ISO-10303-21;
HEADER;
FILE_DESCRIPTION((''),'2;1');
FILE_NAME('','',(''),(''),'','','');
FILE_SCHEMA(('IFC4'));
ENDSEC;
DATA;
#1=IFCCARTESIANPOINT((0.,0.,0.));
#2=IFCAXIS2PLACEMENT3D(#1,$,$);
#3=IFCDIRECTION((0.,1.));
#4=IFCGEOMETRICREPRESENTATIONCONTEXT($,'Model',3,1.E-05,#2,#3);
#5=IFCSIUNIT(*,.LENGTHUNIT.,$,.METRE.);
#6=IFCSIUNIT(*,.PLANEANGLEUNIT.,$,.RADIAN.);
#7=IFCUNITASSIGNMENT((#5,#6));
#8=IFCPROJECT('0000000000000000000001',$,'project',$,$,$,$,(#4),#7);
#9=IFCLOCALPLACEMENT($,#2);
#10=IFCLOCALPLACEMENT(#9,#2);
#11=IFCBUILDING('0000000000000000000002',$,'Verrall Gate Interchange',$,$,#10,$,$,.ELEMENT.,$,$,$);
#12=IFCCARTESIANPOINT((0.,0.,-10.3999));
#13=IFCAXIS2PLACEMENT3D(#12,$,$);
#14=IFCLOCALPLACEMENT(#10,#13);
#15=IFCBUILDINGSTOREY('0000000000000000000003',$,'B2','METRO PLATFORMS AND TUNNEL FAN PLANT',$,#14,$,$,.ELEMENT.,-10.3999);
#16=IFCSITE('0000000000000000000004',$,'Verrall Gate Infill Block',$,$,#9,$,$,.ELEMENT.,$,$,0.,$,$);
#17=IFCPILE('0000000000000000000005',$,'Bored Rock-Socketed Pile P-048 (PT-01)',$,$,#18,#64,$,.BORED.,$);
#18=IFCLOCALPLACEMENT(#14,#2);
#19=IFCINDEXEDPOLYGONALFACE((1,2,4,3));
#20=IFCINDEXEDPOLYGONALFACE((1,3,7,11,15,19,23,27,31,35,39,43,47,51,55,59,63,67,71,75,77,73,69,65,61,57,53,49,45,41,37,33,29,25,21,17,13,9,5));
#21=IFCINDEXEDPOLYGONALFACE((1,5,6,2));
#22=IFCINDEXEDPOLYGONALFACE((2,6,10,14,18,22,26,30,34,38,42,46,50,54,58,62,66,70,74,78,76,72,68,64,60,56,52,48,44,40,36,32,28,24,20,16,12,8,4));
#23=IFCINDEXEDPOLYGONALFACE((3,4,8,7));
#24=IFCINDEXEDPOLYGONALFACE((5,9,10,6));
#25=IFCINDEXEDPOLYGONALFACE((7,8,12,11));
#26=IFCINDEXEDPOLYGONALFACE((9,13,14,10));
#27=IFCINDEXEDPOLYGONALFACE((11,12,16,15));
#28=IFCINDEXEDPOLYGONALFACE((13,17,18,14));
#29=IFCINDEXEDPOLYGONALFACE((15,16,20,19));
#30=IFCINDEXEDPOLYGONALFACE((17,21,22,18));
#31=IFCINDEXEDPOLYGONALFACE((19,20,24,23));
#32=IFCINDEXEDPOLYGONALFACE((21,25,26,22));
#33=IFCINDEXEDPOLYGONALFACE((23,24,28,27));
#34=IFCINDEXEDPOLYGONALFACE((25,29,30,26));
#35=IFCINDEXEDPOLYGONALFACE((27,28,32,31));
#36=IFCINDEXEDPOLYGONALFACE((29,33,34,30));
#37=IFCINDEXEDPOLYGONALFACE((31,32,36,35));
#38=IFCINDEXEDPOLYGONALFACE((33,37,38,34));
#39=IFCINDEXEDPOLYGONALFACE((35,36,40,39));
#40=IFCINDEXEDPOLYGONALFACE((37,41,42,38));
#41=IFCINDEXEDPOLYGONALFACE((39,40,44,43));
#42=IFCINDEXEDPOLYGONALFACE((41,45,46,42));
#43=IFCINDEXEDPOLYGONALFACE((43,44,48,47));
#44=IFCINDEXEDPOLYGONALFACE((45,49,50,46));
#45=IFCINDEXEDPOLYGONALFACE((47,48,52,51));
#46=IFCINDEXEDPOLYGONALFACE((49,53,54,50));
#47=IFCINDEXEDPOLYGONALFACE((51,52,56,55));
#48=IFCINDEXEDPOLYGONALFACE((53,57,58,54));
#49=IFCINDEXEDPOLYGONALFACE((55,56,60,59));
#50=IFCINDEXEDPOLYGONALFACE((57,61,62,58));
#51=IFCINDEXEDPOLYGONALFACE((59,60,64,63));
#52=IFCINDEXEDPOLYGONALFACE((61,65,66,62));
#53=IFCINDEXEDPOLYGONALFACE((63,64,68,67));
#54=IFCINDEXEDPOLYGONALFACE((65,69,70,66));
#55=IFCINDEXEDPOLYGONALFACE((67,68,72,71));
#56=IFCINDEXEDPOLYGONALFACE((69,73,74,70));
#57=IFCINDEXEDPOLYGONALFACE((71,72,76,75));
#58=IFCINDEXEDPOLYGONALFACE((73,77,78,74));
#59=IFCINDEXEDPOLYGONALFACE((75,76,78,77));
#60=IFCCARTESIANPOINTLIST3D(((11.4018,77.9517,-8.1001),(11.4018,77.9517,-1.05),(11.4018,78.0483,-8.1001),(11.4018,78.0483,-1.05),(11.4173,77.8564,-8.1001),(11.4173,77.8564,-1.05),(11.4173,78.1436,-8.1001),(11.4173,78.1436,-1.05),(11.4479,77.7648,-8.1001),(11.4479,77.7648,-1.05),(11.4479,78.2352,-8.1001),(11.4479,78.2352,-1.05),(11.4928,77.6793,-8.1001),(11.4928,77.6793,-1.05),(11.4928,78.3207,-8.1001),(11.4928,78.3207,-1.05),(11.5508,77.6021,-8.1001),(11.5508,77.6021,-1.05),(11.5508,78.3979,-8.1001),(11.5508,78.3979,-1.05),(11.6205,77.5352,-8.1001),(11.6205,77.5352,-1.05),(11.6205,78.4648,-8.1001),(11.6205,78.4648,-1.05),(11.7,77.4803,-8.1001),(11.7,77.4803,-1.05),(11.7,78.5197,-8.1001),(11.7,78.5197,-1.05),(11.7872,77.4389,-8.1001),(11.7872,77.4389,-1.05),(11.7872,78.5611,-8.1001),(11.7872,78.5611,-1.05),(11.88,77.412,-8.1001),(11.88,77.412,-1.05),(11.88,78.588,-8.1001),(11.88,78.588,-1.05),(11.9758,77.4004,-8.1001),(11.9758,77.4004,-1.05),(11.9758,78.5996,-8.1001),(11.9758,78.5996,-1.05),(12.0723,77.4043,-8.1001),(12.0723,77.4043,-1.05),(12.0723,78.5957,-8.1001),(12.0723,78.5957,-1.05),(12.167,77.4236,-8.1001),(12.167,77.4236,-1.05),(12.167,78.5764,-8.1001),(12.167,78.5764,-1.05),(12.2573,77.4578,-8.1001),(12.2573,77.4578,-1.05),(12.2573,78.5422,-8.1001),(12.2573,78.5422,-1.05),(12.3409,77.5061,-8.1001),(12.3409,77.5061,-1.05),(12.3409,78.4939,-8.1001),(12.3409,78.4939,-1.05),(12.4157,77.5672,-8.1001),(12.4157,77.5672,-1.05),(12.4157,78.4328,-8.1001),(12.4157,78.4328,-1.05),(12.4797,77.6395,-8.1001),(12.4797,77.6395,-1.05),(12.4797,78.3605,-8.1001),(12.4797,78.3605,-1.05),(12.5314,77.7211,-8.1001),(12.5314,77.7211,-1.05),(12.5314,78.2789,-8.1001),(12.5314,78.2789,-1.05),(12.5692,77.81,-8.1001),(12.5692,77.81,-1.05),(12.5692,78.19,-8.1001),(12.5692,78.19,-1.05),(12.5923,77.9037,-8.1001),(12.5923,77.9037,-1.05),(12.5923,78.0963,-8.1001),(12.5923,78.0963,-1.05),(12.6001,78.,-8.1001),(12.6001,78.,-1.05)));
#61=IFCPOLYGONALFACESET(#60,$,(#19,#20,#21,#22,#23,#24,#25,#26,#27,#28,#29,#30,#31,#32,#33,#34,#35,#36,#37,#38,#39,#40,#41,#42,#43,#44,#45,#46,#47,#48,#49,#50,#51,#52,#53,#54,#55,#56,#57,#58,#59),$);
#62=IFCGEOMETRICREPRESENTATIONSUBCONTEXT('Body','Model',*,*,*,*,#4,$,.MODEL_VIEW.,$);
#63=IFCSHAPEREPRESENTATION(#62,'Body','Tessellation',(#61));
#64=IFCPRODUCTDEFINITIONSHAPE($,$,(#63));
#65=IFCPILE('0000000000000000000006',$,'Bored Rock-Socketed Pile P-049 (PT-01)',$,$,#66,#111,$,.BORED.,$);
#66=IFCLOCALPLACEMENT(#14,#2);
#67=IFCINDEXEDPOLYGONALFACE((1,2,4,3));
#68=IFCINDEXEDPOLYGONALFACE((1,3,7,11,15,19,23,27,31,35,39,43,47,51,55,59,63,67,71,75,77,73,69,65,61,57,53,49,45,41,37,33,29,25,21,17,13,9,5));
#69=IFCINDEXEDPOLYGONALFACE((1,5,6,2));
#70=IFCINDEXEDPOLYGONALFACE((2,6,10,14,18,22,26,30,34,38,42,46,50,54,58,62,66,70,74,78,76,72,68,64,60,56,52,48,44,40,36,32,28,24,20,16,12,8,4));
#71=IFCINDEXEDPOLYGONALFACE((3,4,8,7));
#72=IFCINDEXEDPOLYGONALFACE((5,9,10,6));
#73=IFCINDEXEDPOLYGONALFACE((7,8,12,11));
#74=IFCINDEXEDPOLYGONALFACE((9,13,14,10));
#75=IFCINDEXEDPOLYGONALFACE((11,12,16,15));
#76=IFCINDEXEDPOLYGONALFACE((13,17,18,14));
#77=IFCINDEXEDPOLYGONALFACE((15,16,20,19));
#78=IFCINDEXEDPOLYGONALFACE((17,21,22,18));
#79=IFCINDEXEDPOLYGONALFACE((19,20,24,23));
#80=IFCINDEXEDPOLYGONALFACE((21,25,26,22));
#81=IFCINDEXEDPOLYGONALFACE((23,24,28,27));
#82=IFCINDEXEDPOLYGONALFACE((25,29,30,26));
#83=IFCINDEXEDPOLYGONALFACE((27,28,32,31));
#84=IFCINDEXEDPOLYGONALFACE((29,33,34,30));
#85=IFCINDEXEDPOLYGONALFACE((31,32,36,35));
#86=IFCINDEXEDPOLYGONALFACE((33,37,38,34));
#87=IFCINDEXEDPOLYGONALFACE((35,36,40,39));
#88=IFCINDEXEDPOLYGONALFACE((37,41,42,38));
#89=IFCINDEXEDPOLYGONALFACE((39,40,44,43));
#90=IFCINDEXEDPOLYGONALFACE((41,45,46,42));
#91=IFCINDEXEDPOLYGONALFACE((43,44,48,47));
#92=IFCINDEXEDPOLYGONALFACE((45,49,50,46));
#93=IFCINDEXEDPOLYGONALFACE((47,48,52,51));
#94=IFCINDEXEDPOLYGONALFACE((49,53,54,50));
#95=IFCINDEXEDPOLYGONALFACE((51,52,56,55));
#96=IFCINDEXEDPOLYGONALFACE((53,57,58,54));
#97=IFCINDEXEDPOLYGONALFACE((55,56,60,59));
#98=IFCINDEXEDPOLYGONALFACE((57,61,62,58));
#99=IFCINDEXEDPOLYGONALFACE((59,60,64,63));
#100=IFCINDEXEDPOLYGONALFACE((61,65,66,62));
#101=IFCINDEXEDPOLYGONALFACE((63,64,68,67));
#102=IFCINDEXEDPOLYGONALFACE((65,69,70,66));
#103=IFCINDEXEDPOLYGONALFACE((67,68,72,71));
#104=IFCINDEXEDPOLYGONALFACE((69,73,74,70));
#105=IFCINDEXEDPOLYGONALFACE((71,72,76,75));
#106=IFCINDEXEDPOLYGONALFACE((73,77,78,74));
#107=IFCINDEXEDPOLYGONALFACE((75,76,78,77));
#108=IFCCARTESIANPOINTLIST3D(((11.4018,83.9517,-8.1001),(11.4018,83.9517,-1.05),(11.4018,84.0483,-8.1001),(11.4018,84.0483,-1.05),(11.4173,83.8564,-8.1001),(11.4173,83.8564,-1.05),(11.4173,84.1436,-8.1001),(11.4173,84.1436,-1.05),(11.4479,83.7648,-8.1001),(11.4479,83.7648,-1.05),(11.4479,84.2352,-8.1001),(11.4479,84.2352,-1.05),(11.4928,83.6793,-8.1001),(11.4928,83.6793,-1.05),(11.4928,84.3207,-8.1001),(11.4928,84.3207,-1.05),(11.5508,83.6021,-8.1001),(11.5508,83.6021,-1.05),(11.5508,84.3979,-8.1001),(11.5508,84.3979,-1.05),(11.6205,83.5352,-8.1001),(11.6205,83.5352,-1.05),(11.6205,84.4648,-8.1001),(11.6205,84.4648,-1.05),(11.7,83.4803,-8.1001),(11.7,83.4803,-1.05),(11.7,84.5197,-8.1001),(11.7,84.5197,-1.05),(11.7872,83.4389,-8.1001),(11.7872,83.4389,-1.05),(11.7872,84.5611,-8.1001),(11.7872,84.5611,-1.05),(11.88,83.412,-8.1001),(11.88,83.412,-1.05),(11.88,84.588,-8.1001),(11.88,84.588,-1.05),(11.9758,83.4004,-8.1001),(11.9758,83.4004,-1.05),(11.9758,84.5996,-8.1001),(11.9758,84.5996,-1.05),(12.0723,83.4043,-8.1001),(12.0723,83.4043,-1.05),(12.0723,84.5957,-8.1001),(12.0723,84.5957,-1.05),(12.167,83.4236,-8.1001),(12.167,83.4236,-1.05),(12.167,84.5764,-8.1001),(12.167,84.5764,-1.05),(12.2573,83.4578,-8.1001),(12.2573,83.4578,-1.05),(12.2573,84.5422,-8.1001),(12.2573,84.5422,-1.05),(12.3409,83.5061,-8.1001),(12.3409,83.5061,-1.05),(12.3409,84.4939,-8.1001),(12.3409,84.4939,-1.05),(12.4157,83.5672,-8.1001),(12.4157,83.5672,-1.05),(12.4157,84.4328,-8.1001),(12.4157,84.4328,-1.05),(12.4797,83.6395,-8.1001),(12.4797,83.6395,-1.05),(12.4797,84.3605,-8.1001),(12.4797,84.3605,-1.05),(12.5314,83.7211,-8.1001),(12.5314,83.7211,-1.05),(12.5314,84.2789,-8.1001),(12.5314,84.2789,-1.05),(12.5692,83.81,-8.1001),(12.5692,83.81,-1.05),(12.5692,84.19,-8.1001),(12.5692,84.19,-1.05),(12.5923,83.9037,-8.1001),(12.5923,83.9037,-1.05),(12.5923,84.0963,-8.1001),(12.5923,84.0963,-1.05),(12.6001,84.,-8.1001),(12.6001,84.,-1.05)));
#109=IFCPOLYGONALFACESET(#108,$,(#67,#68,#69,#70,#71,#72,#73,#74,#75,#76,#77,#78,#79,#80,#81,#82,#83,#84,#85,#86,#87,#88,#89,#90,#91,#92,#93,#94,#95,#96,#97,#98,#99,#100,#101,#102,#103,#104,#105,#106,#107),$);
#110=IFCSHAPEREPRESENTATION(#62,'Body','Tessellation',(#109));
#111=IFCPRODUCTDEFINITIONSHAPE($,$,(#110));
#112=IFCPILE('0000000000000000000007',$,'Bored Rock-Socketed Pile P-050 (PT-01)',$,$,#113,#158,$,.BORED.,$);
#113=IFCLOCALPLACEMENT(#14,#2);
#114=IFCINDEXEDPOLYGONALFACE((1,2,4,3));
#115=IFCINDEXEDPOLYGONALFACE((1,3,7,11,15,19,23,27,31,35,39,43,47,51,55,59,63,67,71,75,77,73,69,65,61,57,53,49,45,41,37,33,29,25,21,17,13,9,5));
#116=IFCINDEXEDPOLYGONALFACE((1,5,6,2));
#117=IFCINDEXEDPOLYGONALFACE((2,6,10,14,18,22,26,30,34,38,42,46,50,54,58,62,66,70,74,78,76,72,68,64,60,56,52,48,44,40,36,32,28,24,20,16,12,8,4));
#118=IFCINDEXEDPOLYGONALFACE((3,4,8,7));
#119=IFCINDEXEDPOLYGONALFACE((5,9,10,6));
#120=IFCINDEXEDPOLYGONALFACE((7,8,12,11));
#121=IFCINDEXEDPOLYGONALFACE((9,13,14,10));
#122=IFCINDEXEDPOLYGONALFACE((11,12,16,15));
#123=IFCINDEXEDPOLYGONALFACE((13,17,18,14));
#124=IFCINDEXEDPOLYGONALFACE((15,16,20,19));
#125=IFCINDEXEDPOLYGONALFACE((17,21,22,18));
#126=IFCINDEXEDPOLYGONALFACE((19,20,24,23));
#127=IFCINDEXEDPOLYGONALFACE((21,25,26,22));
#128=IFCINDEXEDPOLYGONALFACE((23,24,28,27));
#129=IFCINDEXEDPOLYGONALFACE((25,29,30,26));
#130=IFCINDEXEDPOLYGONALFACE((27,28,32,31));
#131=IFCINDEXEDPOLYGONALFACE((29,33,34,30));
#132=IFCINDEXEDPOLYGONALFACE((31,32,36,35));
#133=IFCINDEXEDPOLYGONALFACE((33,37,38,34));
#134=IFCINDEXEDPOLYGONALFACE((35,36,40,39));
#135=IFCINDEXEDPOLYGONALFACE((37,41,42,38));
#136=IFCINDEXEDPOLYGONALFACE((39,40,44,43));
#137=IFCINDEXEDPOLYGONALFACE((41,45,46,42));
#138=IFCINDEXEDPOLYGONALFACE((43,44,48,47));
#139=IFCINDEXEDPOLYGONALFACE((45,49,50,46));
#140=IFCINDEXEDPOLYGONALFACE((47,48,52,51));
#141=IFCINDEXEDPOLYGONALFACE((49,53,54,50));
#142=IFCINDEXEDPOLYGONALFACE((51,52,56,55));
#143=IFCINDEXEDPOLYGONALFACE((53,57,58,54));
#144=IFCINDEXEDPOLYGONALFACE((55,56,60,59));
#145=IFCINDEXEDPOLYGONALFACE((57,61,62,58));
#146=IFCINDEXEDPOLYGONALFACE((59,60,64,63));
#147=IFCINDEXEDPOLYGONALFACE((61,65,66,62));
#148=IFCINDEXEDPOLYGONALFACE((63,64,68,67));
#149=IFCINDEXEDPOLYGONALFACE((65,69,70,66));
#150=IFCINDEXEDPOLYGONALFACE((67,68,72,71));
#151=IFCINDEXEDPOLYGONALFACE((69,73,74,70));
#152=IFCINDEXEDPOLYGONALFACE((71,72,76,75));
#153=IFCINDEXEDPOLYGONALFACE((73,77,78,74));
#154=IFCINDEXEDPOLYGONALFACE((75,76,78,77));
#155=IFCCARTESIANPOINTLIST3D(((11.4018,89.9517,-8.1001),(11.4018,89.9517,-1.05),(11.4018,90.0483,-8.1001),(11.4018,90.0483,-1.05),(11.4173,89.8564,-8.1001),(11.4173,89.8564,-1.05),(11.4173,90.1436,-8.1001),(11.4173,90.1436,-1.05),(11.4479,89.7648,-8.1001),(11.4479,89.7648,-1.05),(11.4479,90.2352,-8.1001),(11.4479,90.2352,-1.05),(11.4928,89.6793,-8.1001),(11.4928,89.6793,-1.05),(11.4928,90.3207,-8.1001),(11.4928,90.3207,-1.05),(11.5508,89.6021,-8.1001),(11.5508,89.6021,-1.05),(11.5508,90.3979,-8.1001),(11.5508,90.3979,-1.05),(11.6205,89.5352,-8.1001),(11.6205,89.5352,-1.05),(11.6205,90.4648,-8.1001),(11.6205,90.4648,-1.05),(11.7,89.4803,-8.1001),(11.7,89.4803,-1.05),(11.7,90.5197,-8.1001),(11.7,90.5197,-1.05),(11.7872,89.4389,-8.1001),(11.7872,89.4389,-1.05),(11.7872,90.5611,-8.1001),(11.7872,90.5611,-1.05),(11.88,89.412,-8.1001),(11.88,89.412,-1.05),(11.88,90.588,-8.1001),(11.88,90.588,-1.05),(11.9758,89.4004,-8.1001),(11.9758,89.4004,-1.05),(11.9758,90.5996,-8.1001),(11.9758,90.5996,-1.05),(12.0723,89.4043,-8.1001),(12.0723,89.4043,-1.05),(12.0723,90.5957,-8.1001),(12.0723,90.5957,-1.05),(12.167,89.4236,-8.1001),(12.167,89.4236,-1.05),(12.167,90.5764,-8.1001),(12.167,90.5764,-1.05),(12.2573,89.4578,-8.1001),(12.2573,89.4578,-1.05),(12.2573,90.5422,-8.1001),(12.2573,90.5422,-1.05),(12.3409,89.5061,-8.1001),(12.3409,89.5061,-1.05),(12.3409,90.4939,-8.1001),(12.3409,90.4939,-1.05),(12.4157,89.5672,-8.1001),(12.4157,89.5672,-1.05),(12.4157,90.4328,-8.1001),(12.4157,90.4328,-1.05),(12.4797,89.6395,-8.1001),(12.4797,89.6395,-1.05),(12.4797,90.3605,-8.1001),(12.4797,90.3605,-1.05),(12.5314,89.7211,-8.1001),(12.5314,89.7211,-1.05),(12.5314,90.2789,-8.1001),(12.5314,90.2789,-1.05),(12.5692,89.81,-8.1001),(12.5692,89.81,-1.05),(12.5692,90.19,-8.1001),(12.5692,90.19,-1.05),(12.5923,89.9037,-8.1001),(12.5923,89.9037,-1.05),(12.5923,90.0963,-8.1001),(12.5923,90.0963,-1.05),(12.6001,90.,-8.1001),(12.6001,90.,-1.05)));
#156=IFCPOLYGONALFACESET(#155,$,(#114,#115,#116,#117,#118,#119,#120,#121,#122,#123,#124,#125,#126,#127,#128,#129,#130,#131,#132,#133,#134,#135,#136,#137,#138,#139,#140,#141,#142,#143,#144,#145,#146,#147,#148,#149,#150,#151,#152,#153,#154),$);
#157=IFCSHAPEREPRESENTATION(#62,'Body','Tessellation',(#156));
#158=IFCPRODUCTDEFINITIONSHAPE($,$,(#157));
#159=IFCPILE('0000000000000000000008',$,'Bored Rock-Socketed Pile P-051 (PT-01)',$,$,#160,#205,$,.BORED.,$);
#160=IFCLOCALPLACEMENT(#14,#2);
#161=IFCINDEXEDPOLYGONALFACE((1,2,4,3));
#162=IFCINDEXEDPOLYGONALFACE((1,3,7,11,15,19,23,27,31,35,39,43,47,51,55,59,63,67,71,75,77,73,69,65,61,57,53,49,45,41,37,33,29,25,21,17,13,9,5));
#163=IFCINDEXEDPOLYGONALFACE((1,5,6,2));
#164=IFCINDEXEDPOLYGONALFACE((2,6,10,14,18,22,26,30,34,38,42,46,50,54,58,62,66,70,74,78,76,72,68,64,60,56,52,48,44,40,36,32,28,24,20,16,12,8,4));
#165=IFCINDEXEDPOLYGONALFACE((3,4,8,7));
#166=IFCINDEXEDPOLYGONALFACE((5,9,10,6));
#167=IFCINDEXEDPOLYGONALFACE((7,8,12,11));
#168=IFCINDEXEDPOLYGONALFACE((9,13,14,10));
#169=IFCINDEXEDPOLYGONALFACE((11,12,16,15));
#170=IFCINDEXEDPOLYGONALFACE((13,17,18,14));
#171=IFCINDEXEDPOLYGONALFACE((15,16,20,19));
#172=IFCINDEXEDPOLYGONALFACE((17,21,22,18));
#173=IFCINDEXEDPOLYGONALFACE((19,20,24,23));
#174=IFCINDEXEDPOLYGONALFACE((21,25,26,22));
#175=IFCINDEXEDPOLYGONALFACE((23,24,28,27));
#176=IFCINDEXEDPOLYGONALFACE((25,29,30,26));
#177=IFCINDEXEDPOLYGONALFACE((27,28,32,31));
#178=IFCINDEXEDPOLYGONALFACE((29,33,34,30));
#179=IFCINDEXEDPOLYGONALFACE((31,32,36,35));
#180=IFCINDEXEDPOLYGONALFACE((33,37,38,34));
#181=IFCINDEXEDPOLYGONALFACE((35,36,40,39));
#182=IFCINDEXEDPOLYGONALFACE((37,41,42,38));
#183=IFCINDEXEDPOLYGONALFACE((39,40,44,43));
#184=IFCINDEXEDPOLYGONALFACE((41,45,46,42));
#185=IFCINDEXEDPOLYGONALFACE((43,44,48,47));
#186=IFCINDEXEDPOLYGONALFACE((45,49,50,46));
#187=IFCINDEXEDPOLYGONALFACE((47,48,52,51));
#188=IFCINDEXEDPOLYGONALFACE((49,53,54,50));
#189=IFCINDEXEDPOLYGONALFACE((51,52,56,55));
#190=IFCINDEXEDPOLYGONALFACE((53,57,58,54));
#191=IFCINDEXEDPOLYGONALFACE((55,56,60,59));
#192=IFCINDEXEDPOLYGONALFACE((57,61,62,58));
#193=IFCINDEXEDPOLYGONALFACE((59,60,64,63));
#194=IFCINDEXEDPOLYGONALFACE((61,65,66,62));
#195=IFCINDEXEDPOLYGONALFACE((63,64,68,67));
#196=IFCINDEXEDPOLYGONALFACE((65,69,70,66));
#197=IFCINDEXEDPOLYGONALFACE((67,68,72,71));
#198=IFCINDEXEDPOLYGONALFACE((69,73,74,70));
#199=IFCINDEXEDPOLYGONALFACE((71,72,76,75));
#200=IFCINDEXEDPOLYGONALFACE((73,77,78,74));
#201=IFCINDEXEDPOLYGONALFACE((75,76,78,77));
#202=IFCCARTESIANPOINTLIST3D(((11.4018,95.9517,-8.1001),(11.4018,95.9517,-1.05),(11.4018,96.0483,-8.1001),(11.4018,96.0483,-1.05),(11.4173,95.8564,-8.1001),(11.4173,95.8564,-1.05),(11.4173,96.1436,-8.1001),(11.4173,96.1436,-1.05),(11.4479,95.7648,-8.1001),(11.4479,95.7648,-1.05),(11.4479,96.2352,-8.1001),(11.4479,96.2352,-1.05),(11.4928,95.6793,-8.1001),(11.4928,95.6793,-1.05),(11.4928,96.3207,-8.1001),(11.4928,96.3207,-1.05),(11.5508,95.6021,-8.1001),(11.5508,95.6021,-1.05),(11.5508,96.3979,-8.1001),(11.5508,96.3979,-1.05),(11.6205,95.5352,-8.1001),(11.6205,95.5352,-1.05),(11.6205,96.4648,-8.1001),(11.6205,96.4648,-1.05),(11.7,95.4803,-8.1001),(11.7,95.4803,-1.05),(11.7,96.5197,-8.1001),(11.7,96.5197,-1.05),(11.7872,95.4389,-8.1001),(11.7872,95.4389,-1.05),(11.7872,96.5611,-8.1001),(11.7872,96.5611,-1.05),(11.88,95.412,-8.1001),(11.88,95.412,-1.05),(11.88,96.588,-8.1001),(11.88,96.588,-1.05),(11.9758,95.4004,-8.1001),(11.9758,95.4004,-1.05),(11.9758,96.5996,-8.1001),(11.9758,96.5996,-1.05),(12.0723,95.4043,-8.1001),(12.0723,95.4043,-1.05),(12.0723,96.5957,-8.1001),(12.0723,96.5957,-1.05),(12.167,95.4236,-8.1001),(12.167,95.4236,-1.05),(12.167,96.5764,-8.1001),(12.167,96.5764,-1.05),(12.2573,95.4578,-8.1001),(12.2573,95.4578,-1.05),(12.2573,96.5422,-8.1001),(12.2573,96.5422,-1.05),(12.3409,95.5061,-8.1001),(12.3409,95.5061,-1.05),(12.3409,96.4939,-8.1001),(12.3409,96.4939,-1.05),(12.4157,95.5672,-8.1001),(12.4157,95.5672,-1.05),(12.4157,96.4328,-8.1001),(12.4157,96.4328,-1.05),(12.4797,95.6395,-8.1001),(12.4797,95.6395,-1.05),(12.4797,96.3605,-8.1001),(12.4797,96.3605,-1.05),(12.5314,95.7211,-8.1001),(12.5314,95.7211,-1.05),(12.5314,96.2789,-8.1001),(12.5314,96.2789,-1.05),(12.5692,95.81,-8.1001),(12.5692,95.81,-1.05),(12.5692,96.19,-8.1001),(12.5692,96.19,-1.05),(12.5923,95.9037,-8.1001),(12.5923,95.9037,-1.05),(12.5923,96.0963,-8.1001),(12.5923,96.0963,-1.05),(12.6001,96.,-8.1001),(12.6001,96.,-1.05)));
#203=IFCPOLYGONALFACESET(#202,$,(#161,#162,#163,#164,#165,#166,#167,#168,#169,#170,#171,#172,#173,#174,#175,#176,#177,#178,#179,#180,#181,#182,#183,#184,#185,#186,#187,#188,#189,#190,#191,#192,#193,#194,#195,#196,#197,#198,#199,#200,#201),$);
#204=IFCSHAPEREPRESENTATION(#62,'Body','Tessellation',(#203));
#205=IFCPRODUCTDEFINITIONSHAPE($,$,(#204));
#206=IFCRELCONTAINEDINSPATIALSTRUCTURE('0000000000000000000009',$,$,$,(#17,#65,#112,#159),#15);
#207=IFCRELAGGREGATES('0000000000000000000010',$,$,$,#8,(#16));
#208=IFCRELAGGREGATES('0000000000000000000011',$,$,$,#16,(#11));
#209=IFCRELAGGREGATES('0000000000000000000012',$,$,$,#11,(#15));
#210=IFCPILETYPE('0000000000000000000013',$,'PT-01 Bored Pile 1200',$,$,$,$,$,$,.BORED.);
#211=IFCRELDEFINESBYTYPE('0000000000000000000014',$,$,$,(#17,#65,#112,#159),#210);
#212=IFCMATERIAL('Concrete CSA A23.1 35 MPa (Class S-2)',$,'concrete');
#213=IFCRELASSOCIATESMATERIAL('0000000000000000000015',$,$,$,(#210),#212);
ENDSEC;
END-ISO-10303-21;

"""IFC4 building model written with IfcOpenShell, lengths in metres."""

from ifc_helpers import new_model, si_unit, direction, frame, origin, origin_2d, place, context, subcontext, project, spatial, circle, extrude, material, material_profile, profile_set, type_object, element, save


model = new_model("IFC4")

# Units and contexts
model_context = context("Model", 3, precision=1e-05, world=origin(), true_north=direction((0.0, 1.0)))
body_context = subcontext(model_context, "Body", "Model", "MODEL_VIEW")
ifc_project = project(units=[si_unit("LENGTHUNIT", "METRE"), si_unit("PLANEANGLEUNIT", "RADIAN")], contexts=[model_context])

# Site, building, storey
site_placement = place(None, origin())
site = spatial("IfcSite", under=ifc_project, at=site_placement, Name="Verrall Gate Infill Block", CompositionType="ELEMENT", RefElevation=0.0)
building_placement = place(site_placement, origin())
building = spatial("IfcBuilding", under=site, at=building_placement, Name="Verrall Gate Interchange", CompositionType="ELEMENT")
storey_placement = place(building_placement, frame((0.0, 0.0, -10.3999)))
storey = spatial("IfcBuildingStorey", under=building, at=storey_placement, Name="B2", Description="METRO PLATFORMS AND TUNNEL FAN PLANT", CompositionType="ELEMENT", Elevation=-10.3999)

# Piles
ifc_material_1 = material(Name="Concrete CSA A23.1 35 MPa (Class S-2)", Category="concrete")
ifc_material_profile_1 = material_profile(ifc_material_1, circle(Radius=0.6001, at=origin_2d()), Name="PILE1200D")
ifc_profile_set_1 = profile_set([ifc_material_profile_1], Name="Concrete CSA A23.1 35 MPa (Class S-2)")
pile_type = type_object("IfcPileType", Name="PT-01 Bored Pile 1200", PredefinedType="BORED", material=ifc_profile_set_1)
for number, where, z_axis, x_axis, name in (
    (1, (12.0, 78.0, -1.05), (0.0, 0.0, -1.0), (1.0, 0.0, 0.0), "Bored Rock-Socketed Pile P-048 (PT-01)"),
    (2, (12.0, 84.0, -1.05), (0.0, 0.0, -1.0), (1.0, 0.0, 0.0), "Bored Rock-Socketed Pile P-049 (PT-01)"),
    (3, (12.0, 90.0, -1.05), (0.0, 0.0, -1.0), (1.0, 0.0, 0.0), "Bored Rock-Socketed Pile P-050 (PT-01)"),
    (4, (12.0, 96.0, -1.05), (0.0, 0.0, -1.0), (1.0, 0.0, 0.0), "Bored Rock-Socketed Pile P-051 (PT-01)"),
):
    element("IfcPile", number, at=place(storey_placement, frame(where, z_axis=z_axis, x_axis=x_axis)), inside=storey, type_object=pile_type, Name=name, PredefinedType="BORED", context=body_context, shape_type="SweptSolid", body=[
        extrude(circle(Radius=0.6001, at=origin_2d()), origin(), (0.0, 0.0, 1.0), 7.05),
    ])

save(model, "model.ifc")
